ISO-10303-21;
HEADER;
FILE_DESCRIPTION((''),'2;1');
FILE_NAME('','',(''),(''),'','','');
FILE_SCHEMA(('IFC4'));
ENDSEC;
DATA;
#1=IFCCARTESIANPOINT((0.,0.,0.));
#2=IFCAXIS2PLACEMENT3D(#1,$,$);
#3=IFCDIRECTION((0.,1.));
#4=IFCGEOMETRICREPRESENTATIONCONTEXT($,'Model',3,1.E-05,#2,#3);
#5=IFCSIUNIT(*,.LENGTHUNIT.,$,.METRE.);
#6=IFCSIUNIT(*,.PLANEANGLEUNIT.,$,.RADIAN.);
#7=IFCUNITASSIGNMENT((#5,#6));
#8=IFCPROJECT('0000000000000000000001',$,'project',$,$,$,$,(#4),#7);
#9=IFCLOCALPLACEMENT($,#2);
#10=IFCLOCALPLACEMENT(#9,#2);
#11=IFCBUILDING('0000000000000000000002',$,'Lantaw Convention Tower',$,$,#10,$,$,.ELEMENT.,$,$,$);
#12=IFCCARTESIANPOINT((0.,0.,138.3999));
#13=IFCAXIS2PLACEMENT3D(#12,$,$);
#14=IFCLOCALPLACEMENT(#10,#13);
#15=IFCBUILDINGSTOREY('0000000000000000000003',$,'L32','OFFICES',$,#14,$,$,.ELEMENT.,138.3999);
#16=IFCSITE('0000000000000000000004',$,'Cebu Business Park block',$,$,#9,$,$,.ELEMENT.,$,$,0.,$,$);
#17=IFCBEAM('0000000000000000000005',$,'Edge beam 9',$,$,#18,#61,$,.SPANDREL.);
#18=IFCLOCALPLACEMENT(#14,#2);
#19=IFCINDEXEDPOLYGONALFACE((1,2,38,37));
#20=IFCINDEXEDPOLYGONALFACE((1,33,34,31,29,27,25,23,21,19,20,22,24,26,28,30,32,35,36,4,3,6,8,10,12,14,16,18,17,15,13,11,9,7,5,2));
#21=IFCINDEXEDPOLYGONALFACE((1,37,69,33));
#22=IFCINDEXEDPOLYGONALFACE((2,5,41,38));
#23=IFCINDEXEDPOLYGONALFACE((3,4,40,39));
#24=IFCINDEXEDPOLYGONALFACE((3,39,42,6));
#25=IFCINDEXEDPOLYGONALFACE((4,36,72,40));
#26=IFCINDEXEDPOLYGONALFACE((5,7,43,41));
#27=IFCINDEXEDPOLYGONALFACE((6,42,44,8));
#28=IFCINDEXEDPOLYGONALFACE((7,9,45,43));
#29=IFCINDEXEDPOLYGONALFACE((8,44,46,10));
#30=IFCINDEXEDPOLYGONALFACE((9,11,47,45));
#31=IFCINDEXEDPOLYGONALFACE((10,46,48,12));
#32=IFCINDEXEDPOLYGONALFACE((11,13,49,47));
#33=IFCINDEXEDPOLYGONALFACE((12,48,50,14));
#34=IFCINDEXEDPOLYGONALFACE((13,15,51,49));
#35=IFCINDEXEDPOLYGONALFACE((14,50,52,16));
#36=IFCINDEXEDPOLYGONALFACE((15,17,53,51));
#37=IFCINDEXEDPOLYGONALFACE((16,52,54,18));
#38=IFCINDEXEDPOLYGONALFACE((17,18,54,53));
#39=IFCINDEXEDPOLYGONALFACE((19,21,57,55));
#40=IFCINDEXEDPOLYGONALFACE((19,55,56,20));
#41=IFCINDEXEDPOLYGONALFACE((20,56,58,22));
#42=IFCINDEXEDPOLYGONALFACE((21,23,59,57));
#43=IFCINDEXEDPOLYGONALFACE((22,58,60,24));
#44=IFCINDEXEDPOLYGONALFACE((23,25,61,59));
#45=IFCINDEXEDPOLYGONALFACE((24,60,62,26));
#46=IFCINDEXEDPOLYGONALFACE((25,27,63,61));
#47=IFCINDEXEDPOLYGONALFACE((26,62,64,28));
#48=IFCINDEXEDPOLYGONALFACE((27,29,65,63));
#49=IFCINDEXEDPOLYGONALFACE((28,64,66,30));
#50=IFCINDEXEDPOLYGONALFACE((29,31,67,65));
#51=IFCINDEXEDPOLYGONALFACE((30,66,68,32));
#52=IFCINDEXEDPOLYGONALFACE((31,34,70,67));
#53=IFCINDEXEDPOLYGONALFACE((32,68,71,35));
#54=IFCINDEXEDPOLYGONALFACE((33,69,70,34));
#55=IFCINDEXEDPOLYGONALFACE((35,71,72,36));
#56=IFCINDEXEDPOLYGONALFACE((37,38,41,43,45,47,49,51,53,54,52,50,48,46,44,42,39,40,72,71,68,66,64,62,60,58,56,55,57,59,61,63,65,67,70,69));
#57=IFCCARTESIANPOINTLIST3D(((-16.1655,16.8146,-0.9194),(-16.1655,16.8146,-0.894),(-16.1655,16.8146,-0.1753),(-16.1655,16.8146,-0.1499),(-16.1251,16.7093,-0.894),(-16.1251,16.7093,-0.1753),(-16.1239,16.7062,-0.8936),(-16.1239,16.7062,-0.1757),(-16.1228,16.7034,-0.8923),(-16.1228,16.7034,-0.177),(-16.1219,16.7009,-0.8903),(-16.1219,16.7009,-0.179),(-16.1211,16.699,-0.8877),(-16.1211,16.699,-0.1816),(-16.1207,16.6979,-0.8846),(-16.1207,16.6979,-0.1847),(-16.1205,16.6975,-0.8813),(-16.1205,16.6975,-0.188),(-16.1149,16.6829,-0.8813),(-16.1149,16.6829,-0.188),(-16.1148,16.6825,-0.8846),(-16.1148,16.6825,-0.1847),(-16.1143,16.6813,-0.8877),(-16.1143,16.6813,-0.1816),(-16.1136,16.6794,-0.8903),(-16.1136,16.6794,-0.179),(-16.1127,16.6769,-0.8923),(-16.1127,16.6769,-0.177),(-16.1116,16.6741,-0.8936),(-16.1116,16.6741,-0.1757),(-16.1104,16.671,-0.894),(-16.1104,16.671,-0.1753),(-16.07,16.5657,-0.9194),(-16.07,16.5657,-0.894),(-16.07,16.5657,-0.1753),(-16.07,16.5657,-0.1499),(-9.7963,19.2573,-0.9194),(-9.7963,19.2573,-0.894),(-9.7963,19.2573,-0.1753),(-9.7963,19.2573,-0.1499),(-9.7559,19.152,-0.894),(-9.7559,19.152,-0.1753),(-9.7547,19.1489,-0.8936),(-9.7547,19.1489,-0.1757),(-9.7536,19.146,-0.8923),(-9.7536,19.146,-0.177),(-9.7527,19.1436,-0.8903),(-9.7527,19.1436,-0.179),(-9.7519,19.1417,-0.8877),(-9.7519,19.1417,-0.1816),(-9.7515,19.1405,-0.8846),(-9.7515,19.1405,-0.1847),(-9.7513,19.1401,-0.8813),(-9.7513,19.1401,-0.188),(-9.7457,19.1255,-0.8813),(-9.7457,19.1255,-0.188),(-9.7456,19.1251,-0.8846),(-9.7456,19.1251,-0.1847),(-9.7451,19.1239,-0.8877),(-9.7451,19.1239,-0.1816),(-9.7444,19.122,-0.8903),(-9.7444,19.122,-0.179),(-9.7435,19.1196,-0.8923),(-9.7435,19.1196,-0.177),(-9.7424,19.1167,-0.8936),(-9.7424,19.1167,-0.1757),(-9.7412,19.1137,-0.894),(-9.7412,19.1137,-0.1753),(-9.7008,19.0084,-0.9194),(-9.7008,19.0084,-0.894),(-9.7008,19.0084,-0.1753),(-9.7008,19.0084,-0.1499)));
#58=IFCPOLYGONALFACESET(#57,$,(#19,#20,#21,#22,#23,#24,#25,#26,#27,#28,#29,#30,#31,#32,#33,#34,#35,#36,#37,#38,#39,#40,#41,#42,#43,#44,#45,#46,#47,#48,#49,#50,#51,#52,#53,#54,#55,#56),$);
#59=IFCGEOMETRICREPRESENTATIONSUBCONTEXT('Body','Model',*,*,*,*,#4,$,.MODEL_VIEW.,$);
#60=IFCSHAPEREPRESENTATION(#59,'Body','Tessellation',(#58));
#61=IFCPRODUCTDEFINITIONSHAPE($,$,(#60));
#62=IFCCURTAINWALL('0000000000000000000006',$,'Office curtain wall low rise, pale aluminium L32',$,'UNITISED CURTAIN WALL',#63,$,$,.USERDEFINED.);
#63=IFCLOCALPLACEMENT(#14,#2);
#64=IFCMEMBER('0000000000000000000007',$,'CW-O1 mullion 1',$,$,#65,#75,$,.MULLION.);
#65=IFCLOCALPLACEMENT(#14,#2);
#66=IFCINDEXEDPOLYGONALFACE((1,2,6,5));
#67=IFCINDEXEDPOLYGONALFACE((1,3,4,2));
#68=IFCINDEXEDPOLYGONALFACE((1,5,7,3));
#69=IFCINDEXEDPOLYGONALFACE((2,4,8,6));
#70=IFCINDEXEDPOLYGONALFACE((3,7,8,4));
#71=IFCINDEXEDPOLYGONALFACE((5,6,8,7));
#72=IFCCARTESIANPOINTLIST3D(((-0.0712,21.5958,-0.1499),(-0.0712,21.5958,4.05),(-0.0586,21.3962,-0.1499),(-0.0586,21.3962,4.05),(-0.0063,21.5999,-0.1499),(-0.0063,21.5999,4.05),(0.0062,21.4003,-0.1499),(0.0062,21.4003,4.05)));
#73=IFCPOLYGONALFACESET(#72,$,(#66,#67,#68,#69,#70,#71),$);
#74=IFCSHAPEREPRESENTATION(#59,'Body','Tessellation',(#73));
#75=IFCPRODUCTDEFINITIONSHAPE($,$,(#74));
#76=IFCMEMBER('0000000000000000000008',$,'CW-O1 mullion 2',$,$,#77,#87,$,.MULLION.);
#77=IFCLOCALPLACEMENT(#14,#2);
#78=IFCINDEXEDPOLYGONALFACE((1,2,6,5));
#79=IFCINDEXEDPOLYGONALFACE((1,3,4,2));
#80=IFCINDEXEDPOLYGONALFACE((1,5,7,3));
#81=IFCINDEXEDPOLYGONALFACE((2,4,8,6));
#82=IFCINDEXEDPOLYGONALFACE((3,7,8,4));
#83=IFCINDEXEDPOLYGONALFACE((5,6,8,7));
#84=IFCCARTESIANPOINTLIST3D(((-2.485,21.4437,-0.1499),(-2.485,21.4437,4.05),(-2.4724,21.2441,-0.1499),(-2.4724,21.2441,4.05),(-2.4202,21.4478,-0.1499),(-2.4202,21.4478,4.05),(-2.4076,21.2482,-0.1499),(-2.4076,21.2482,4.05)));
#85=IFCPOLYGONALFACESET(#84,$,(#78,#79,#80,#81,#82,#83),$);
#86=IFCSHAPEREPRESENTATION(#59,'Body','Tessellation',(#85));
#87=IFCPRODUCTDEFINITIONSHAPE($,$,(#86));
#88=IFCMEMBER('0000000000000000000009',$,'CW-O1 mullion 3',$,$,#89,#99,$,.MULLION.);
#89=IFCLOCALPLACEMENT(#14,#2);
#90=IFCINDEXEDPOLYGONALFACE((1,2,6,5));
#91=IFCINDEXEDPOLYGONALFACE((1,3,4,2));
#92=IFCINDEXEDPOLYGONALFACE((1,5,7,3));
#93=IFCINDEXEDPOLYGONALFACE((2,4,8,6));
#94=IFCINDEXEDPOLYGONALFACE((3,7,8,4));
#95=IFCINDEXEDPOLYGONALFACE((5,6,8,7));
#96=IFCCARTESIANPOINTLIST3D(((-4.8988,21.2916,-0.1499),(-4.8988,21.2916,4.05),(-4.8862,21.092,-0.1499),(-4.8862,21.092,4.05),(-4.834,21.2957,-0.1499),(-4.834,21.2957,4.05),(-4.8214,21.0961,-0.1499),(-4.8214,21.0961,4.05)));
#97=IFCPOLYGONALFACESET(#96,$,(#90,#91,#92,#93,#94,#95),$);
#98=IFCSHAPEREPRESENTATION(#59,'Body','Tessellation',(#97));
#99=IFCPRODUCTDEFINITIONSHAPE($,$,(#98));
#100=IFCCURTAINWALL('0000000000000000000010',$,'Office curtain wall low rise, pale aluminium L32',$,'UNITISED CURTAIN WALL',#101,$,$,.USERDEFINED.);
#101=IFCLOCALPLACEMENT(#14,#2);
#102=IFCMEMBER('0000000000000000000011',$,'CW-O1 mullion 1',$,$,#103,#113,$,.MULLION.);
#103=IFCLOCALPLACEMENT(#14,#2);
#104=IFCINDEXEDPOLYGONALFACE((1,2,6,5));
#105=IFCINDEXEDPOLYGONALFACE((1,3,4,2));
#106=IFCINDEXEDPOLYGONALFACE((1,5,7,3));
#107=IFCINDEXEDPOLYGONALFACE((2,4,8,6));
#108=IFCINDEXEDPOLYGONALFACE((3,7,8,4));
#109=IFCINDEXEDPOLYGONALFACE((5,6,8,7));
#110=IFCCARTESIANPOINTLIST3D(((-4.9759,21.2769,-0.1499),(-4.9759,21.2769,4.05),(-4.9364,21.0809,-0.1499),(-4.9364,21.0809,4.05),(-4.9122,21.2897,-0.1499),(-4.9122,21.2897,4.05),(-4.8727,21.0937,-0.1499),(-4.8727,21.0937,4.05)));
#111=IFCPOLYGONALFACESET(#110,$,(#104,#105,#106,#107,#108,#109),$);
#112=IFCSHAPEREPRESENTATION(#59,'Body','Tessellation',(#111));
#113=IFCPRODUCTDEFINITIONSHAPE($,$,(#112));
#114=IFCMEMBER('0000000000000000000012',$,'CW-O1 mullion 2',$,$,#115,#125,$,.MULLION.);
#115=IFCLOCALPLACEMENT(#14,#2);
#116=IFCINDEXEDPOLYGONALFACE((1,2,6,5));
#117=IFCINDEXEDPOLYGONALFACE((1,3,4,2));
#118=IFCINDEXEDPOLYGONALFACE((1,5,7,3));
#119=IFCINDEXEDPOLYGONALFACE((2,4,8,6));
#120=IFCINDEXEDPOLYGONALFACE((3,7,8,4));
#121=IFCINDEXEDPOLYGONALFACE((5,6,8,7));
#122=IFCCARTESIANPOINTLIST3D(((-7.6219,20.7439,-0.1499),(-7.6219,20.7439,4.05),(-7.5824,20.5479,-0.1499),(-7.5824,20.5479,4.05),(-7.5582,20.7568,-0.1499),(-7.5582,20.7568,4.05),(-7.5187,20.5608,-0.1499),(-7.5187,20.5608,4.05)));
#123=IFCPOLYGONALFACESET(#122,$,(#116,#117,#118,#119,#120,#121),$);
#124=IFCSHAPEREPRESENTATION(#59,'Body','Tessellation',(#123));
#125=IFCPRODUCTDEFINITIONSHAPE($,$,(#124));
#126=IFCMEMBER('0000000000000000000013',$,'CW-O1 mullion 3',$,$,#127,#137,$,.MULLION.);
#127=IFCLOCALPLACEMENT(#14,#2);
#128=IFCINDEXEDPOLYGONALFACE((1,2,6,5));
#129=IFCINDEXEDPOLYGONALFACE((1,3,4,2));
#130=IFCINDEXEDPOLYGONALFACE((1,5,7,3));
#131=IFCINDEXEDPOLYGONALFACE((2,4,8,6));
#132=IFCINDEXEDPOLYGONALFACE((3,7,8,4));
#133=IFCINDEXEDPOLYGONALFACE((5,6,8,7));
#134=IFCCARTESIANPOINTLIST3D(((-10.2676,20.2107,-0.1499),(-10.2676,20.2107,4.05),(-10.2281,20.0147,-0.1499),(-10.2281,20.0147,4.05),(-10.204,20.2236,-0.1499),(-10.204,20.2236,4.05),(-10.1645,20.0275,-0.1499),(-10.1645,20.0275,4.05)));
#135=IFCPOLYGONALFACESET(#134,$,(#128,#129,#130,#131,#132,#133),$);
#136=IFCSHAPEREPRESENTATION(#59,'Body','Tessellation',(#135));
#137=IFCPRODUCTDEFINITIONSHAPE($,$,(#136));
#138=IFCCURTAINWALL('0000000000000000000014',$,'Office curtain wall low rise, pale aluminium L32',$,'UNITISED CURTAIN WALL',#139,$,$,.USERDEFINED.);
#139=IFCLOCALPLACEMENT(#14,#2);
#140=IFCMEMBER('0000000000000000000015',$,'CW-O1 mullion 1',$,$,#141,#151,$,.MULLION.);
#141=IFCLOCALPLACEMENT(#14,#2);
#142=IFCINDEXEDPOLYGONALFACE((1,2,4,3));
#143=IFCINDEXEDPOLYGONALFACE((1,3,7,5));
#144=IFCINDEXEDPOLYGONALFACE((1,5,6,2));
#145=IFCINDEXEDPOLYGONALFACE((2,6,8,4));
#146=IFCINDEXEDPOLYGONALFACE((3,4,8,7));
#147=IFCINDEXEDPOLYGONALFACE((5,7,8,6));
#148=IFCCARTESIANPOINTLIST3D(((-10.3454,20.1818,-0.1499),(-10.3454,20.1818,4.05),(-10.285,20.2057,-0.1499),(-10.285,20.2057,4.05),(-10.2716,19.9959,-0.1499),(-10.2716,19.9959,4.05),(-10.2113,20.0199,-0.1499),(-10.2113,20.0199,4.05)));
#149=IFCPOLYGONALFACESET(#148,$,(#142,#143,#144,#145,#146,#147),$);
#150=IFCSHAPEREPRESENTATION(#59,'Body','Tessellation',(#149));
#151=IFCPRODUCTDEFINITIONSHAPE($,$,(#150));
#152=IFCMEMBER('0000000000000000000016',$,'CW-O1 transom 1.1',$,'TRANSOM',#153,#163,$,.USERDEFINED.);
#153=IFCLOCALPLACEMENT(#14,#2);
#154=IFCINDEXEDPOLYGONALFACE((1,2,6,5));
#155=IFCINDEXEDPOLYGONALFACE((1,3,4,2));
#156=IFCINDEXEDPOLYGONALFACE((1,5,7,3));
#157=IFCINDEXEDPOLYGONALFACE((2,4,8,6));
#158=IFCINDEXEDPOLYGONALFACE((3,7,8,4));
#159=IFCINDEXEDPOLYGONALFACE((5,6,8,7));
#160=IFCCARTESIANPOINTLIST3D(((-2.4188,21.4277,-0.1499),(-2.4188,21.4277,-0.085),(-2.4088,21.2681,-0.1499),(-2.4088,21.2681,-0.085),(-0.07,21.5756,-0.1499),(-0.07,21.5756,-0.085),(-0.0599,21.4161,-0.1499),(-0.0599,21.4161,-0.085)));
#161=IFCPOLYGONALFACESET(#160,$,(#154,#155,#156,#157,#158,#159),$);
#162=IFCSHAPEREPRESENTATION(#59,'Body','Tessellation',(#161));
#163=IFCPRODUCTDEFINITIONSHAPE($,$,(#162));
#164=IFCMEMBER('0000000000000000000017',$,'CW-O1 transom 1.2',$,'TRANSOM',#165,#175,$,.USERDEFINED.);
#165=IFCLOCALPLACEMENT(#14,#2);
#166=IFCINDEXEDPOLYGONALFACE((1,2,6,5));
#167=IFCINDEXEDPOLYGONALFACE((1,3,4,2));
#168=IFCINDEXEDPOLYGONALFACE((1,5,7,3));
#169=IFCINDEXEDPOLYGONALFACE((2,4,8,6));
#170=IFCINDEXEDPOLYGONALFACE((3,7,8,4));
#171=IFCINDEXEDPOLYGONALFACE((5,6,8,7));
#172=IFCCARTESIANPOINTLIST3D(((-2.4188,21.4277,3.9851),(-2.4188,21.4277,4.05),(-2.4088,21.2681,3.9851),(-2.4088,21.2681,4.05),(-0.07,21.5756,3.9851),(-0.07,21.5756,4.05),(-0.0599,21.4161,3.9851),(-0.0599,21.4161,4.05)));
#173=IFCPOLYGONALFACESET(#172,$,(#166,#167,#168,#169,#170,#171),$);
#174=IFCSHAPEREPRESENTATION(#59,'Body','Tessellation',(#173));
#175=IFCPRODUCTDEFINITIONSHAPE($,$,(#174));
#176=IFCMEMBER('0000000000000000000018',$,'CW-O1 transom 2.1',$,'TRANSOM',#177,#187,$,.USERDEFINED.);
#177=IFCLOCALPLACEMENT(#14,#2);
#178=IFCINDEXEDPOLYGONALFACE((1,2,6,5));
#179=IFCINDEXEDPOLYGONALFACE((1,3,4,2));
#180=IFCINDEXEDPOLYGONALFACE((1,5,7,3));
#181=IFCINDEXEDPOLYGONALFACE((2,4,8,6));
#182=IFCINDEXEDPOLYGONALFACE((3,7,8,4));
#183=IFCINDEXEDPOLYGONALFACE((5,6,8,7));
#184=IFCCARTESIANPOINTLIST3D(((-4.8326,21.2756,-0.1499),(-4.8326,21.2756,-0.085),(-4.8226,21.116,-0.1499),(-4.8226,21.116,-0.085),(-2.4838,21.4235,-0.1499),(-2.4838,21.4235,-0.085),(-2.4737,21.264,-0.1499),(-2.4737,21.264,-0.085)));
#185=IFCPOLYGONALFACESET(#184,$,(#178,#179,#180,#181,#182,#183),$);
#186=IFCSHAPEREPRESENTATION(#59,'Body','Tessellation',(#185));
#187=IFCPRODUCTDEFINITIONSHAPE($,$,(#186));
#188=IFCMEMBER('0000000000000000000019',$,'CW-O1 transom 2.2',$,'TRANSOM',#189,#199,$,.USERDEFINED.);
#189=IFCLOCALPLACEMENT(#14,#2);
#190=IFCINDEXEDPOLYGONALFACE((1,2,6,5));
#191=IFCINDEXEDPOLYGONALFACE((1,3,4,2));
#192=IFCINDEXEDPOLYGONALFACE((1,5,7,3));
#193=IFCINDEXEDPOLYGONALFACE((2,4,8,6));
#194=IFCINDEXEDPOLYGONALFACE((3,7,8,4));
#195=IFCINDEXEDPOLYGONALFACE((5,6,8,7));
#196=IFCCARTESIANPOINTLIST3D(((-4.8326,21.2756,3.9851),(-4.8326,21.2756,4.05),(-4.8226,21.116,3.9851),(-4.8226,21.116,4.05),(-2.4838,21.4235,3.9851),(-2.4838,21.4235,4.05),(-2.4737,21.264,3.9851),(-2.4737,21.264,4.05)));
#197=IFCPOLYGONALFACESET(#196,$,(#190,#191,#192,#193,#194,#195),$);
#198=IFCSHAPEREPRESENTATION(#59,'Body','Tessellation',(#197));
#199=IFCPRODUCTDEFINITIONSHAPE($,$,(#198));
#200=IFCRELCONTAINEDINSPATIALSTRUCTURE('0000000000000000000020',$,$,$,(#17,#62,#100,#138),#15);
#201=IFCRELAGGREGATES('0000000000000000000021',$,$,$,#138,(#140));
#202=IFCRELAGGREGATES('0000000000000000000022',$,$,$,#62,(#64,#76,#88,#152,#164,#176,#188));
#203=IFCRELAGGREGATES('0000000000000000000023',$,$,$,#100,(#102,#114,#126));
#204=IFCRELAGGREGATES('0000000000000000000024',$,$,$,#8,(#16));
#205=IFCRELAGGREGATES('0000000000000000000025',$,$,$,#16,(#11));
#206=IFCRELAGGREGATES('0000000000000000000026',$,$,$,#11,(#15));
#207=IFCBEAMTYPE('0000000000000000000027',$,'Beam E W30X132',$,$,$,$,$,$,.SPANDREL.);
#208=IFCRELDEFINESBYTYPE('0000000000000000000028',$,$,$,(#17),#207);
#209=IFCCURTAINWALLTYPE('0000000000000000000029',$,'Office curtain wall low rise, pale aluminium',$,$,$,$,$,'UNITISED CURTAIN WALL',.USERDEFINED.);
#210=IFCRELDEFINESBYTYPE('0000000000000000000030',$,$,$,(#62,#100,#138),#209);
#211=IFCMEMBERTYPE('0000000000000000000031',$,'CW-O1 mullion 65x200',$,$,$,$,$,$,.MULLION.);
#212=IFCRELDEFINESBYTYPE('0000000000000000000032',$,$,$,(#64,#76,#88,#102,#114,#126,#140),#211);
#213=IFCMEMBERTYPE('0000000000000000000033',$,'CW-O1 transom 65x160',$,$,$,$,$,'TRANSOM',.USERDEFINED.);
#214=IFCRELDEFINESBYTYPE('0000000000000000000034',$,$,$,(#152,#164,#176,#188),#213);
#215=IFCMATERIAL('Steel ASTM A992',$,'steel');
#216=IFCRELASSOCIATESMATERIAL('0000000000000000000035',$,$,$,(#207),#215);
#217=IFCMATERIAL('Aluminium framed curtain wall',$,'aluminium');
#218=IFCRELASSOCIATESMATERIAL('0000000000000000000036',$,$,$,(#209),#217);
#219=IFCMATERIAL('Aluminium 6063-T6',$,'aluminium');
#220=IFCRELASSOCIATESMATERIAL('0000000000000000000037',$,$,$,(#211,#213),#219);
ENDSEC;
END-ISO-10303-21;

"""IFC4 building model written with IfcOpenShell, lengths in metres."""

from ifc_helpers import new_model, si_unit, direction, frame, origin, origin_2d, place, context, subcontext, project, spatial, rectangle, i_section, extrude, material, material_profile, profile_set, type_object, element, aggregate, save


model = new_model("IFC4")

# Units and contexts
model_context = context("Model", 3, precision=1e-05, world=origin(), true_north=direction((0.0, 1.0)))
body_context = subcontext(model_context, "Body", "Model", "MODEL_VIEW")
ifc_project = project(units=[si_unit("LENGTHUNIT", "METRE"), si_unit("PLANEANGLEUNIT", "RADIAN")], contexts=[model_context])

# Site, building, storey
site_placement = place(None, origin())
site = spatial("IfcSite", under=ifc_project, at=site_placement, Name="Cebu Business Park block", CompositionType="ELEMENT", RefElevation=0.0)
building_placement = place(site_placement, origin())
building = spatial("IfcBuilding", under=site, at=building_placement, Name="Lantaw Convention Tower", CompositionType="ELEMENT")
storey_placement = place(building_placement, frame((0.0, 0.0, 138.3999)))
storey = spatial("IfcBuildingStorey", under=building, at=storey_placement, Name="L32", Description="OFFICES", CompositionType="ELEMENT", Elevation=138.3999)

# Beam
ifc_material_1 = material(Name="Steel ASTM A992", Category="steel")
ifc_material_profile_1 = material_profile(ifc_material_1, i_section(OverallWidth=0.2666, OverallDepth=0.7695, WebThickness=0.0156, FlangeThickness=0.0254, FilletRadius=0.0127, at=origin_2d()), Name="W30X132")
ifc_profile_set_1 = profile_set([ifc_material_profile_1], Name="Steel ASTM A992")
beam_type = type_object("IfcBeamType", Name="Beam E W30X132", PredefinedType="SPANDREL", material=ifc_profile_set_1)
beam_1_placement = place(storey_placement, frame((-9.7485, 19.1328, -0.5347), z_axis=(-0.933691, -0.35808, 0.0), x_axis=(0.35808, -0.933691, 0.0)))
element("IfcBeam", 1, at=beam_1_placement, inside=storey, type_object=beam_type, Name="Edge beam 9", PredefinedType="SPANDREL", context=body_context, shape_type="SweptSolid", body=[
    extrude(i_section(OverallWidth=0.2666, OverallDepth=0.7695, WebThickness=0.0156, FlangeThickness=0.0254, FilletRadius=0.0127, at=origin_2d()), origin(), (0.0, 0.0, 1.0), 6.8215),
])

# Curtain walls, members
ifc_material_2 = material(Name="Aluminium framed curtain wall", Category="aluminium")
curtain_wall_type = type_object("IfcCurtainWallType", Name="Office curtain wall low rise, pale aluminium", ElementType="UNITISED CURTAIN WALL", PredefinedType="USERDEFINED", material=ifc_material_2)
curtain_wall_1_placement = place(storey_placement, origin())
curtain_wall_1 = element("IfcCurtainWall", 2, at=curtain_wall_1_placement, inside=storey, type_object=curtain_wall_type, Name="Office curtain wall low rise, pale aluminium L32", ObjectType="UNITISED CURTAIN WALL", PredefinedType="USERDEFINED")
ifc_material_3 = material(Name="Aluminium 6063-T6", Category="aluminium")
ifc_material_profile_2 = material_profile(ifc_material_3, rectangle(XDim=0.2, YDim=0.0649, at=origin_2d()), Name="CW-O1 mullion 65x200")
ifc_profile_set_2 = profile_set([ifc_material_profile_2], Name="Aluminium 6063-T6")
member_type_1 = type_object("IfcMemberType", Name="CW-O1 mullion 65x200", PredefinedType="MULLION", material=ifc_profile_set_2)
member_1_placement = place(storey_placement, frame((-0.0325, 21.498, -0.1499), z_axis=(0.0, 0.0, 1.0), x_axis=(0.062865, -0.998022, 0.0)))
member_1 = element("IfcMember", 3, at=member_1_placement, type_object=member_type_1, Name="CW-O1 mullion 1", PredefinedType="MULLION", context=body_context, shape_type="SweptSolid", body=[
    extrude(rectangle(XDim=0.2, YDim=0.0649, at=origin_2d()), origin(), (0.0, 0.0, 1.0), 4.2),
])
member_2_placement = place(storey_placement, frame((-2.4463, 21.3459, -0.1499), z_axis=(0.0, 0.0, 1.0), x_axis=(0.062865, -0.998022, 0.0)))
member_2 = element("IfcMember", 4, at=member_2_placement, type_object=member_type_1, Name="CW-O1 mullion 2", PredefinedType="MULLION", context=body_context, shape_type="SweptSolid", body=[
    extrude(rectangle(XDim=0.2, YDim=0.0649, at=origin_2d()), origin(), (0.0, 0.0, 1.0), 4.2),
])
member_3_placement = place(storey_placement, frame((-4.8601, 21.1938, -0.1499), z_axis=(0.0, 0.0, 1.0), x_axis=(0.062865, -0.998022, 0.0)))
member_3 = element("IfcMember", 5, at=member_3_placement, type_object=member_type_1, Name="CW-O1 mullion 3", PredefinedType="MULLION", context=body_context, shape_type="SweptSolid", body=[
    extrude(rectangle(XDim=0.2, YDim=0.0649, at=origin_2d()), origin(), (0.0, 0.0, 1.0), 4.2),
])
curtain_wall_2_placement = place(storey_placement, origin())
curtain_wall_2 = element("IfcCurtainWall", 6, at=curtain_wall_2_placement, inside=storey, type_object=curtain_wall_type, Name="Office curtain wall low rise, pale aluminium L32", ObjectType="UNITISED CURTAIN WALL", PredefinedType="USERDEFINED")
member_4_placement = place(storey_placement, frame((-4.9243, 21.1853, -0.1499), z_axis=(0.0, 0.0, 1.0), x_axis=(0.197507, -0.980302, 0.0)))
member_4 = element("IfcMember", 7, at=member_4_placement, type_object=member_type_1, Name="CW-O1 mullion 1", PredefinedType="MULLION", context=body_context, shape_type="SweptSolid", body=[
    extrude(rectangle(XDim=0.2, YDim=0.0649, at=origin_2d()), origin(), (0.0, 0.0, 1.0), 4.2),
])
member_5_placement = place(storey_placement, frame((-7.5703, 20.6523, -0.1499), z_axis=(0.0, 0.0, 1.0), x_axis=(0.197507, -0.980302, 0.0)))
member_5 = element("IfcMember", 8, at=member_5_placement, type_object=member_type_1, Name="CW-O1 mullion 2", PredefinedType="MULLION", context=body_context, shape_type="SweptSolid", body=[
    extrude(rectangle(XDim=0.2, YDim=0.0649, at=origin_2d()), origin(), (0.0, 0.0, 1.0), 4.2),
])
member_6_placement = place(storey_placement, frame((-10.2161, 20.1191, -0.1499), z_axis=(0.0, 0.0, 1.0), x_axis=(0.197507, -0.980302, 0.0)))
member_6 = element("IfcMember", 9, at=member_6_placement, type_object=member_type_1, Name="CW-O1 mullion 3", PredefinedType="MULLION", context=body_context, shape_type="SweptSolid", body=[
    extrude(rectangle(XDim=0.2, YDim=0.0649, at=origin_2d()), origin(), (0.0, 0.0, 1.0), 4.2),
])

# Curtain wall, member
curtain_wall_3_placement = place(storey_placement, origin())
curtain_wall_3 = element("IfcCurtainWall", 10, at=curtain_wall_3_placement, inside=storey, type_object=curtain_wall_type, Name="Office curtain wall low rise, pale aluminium L32", ObjectType="UNITISED CURTAIN WALL", PredefinedType="USERDEFINED")
member_7_placement = place(storey_placement, frame((-10.2783, 20.1008, -0.1499), z_axis=(0.0, 0.0, 1.0), x_axis=(0.368702, -0.929548, 0.0)))
member_7 = element("IfcMember", 11, at=member_7_placement, type_object=member_type_1, Name="CW-O1 mullion 1", PredefinedType="MULLION", context=body_context, shape_type="SweptSolid", body=[
    extrude(rectangle(XDim=0.2, YDim=0.0649, at=origin_2d()), origin(), (0.0, 0.0, 1.0), 4.2),
])

# Members
ifc_material_profile_3 = material_profile(ifc_material_3, rectangle(XDim=0.1599, YDim=0.0649, at=origin_2d()), Name="CW-O1 transom 65x160")
ifc_profile_set_3 = profile_set([ifc_material_profile_3], Name="Aluminium 6063-T6")
member_type_2 = type_object("IfcMemberType", Name="CW-O1 transom 65x160", ElementType="TRANSOM", PredefinedType="USERDEFINED", material=ifc_profile_set_3)
member_8_placement = place(storey_placement, frame((-0.0649, 21.4958, -0.1174), z_axis=(-0.998022, -0.062863, 0.0), x_axis=(0.062863, -0.998022, 0.0)))
member_8 = element("IfcMember", 12, at=member_8_placement, type_object=member_type_2, Name="CW-O1 transom 1.1", ObjectType="TRANSOM", PredefinedType="USERDEFINED", context=body_context, shape_type="SweptSolid", body=[
    extrude(rectangle(XDim=0.1599, YDim=0.0649, at=origin_2d()), origin(), (0.0, 0.0, 1.0), 2.3535),
])
member_9_placement = place(storey_placement, frame((-0.0649, 21.4958, 4.0176), z_axis=(-0.998022, -0.062863, 0.0), x_axis=(0.062863, -0.998022, 0.0)))
member_9 = element("IfcMember", 13, at=member_9_placement, type_object=member_type_2, Name="CW-O1 transom 1.2", ObjectType="TRANSOM", PredefinedType="USERDEFINED", context=body_context, shape_type="SweptSolid", body=[
    extrude(rectangle(XDim=0.1599, YDim=0.0649, at=origin_2d()), origin(), (0.0, 0.0, 1.0), 2.3535),
])
member_10_placement = place(storey_placement, frame((-2.4788, 21.3438, -0.1174), z_axis=(-0.998022, -0.062863, 0.0), x_axis=(0.062863, -0.998022, 0.0)))
member_10 = element("IfcMember", 14, at=member_10_placement, type_object=member_type_2, Name="CW-O1 transom 2.1", ObjectType="TRANSOM", PredefinedType="USERDEFINED", context=body_context, shape_type="SweptSolid", body=[
    extrude(rectangle(XDim=0.1599, YDim=0.0649, at=origin_2d()), origin(), (0.0, 0.0, 1.0), 2.3535),
])
member_11_placement = place(storey_placement, frame((-2.4788, 21.3438, 4.0176), z_axis=(-0.998022, -0.062863, 0.0), x_axis=(0.062863, -0.998022, 0.0)))
member_11 = element("IfcMember", 15, at=member_11_placement, type_object=member_type_2, Name="CW-O1 transom 2.2", ObjectType="TRANSOM", PredefinedType="USERDEFINED", context=body_context, shape_type="SweptSolid", body=[
    extrude(rectangle(XDim=0.1599, YDim=0.0649, at=origin_2d()), origin(), (0.0, 0.0, 1.0), 2.3535),
])
aggregate(curtain_wall_3, [member_7])

aggregate(curtain_wall_1, [member_1, member_2, member_3, member_8, member_9, member_10, member_11])
aggregate(curtain_wall_2, [member_4, member_5, member_6])

save(model, "model.ifc")
